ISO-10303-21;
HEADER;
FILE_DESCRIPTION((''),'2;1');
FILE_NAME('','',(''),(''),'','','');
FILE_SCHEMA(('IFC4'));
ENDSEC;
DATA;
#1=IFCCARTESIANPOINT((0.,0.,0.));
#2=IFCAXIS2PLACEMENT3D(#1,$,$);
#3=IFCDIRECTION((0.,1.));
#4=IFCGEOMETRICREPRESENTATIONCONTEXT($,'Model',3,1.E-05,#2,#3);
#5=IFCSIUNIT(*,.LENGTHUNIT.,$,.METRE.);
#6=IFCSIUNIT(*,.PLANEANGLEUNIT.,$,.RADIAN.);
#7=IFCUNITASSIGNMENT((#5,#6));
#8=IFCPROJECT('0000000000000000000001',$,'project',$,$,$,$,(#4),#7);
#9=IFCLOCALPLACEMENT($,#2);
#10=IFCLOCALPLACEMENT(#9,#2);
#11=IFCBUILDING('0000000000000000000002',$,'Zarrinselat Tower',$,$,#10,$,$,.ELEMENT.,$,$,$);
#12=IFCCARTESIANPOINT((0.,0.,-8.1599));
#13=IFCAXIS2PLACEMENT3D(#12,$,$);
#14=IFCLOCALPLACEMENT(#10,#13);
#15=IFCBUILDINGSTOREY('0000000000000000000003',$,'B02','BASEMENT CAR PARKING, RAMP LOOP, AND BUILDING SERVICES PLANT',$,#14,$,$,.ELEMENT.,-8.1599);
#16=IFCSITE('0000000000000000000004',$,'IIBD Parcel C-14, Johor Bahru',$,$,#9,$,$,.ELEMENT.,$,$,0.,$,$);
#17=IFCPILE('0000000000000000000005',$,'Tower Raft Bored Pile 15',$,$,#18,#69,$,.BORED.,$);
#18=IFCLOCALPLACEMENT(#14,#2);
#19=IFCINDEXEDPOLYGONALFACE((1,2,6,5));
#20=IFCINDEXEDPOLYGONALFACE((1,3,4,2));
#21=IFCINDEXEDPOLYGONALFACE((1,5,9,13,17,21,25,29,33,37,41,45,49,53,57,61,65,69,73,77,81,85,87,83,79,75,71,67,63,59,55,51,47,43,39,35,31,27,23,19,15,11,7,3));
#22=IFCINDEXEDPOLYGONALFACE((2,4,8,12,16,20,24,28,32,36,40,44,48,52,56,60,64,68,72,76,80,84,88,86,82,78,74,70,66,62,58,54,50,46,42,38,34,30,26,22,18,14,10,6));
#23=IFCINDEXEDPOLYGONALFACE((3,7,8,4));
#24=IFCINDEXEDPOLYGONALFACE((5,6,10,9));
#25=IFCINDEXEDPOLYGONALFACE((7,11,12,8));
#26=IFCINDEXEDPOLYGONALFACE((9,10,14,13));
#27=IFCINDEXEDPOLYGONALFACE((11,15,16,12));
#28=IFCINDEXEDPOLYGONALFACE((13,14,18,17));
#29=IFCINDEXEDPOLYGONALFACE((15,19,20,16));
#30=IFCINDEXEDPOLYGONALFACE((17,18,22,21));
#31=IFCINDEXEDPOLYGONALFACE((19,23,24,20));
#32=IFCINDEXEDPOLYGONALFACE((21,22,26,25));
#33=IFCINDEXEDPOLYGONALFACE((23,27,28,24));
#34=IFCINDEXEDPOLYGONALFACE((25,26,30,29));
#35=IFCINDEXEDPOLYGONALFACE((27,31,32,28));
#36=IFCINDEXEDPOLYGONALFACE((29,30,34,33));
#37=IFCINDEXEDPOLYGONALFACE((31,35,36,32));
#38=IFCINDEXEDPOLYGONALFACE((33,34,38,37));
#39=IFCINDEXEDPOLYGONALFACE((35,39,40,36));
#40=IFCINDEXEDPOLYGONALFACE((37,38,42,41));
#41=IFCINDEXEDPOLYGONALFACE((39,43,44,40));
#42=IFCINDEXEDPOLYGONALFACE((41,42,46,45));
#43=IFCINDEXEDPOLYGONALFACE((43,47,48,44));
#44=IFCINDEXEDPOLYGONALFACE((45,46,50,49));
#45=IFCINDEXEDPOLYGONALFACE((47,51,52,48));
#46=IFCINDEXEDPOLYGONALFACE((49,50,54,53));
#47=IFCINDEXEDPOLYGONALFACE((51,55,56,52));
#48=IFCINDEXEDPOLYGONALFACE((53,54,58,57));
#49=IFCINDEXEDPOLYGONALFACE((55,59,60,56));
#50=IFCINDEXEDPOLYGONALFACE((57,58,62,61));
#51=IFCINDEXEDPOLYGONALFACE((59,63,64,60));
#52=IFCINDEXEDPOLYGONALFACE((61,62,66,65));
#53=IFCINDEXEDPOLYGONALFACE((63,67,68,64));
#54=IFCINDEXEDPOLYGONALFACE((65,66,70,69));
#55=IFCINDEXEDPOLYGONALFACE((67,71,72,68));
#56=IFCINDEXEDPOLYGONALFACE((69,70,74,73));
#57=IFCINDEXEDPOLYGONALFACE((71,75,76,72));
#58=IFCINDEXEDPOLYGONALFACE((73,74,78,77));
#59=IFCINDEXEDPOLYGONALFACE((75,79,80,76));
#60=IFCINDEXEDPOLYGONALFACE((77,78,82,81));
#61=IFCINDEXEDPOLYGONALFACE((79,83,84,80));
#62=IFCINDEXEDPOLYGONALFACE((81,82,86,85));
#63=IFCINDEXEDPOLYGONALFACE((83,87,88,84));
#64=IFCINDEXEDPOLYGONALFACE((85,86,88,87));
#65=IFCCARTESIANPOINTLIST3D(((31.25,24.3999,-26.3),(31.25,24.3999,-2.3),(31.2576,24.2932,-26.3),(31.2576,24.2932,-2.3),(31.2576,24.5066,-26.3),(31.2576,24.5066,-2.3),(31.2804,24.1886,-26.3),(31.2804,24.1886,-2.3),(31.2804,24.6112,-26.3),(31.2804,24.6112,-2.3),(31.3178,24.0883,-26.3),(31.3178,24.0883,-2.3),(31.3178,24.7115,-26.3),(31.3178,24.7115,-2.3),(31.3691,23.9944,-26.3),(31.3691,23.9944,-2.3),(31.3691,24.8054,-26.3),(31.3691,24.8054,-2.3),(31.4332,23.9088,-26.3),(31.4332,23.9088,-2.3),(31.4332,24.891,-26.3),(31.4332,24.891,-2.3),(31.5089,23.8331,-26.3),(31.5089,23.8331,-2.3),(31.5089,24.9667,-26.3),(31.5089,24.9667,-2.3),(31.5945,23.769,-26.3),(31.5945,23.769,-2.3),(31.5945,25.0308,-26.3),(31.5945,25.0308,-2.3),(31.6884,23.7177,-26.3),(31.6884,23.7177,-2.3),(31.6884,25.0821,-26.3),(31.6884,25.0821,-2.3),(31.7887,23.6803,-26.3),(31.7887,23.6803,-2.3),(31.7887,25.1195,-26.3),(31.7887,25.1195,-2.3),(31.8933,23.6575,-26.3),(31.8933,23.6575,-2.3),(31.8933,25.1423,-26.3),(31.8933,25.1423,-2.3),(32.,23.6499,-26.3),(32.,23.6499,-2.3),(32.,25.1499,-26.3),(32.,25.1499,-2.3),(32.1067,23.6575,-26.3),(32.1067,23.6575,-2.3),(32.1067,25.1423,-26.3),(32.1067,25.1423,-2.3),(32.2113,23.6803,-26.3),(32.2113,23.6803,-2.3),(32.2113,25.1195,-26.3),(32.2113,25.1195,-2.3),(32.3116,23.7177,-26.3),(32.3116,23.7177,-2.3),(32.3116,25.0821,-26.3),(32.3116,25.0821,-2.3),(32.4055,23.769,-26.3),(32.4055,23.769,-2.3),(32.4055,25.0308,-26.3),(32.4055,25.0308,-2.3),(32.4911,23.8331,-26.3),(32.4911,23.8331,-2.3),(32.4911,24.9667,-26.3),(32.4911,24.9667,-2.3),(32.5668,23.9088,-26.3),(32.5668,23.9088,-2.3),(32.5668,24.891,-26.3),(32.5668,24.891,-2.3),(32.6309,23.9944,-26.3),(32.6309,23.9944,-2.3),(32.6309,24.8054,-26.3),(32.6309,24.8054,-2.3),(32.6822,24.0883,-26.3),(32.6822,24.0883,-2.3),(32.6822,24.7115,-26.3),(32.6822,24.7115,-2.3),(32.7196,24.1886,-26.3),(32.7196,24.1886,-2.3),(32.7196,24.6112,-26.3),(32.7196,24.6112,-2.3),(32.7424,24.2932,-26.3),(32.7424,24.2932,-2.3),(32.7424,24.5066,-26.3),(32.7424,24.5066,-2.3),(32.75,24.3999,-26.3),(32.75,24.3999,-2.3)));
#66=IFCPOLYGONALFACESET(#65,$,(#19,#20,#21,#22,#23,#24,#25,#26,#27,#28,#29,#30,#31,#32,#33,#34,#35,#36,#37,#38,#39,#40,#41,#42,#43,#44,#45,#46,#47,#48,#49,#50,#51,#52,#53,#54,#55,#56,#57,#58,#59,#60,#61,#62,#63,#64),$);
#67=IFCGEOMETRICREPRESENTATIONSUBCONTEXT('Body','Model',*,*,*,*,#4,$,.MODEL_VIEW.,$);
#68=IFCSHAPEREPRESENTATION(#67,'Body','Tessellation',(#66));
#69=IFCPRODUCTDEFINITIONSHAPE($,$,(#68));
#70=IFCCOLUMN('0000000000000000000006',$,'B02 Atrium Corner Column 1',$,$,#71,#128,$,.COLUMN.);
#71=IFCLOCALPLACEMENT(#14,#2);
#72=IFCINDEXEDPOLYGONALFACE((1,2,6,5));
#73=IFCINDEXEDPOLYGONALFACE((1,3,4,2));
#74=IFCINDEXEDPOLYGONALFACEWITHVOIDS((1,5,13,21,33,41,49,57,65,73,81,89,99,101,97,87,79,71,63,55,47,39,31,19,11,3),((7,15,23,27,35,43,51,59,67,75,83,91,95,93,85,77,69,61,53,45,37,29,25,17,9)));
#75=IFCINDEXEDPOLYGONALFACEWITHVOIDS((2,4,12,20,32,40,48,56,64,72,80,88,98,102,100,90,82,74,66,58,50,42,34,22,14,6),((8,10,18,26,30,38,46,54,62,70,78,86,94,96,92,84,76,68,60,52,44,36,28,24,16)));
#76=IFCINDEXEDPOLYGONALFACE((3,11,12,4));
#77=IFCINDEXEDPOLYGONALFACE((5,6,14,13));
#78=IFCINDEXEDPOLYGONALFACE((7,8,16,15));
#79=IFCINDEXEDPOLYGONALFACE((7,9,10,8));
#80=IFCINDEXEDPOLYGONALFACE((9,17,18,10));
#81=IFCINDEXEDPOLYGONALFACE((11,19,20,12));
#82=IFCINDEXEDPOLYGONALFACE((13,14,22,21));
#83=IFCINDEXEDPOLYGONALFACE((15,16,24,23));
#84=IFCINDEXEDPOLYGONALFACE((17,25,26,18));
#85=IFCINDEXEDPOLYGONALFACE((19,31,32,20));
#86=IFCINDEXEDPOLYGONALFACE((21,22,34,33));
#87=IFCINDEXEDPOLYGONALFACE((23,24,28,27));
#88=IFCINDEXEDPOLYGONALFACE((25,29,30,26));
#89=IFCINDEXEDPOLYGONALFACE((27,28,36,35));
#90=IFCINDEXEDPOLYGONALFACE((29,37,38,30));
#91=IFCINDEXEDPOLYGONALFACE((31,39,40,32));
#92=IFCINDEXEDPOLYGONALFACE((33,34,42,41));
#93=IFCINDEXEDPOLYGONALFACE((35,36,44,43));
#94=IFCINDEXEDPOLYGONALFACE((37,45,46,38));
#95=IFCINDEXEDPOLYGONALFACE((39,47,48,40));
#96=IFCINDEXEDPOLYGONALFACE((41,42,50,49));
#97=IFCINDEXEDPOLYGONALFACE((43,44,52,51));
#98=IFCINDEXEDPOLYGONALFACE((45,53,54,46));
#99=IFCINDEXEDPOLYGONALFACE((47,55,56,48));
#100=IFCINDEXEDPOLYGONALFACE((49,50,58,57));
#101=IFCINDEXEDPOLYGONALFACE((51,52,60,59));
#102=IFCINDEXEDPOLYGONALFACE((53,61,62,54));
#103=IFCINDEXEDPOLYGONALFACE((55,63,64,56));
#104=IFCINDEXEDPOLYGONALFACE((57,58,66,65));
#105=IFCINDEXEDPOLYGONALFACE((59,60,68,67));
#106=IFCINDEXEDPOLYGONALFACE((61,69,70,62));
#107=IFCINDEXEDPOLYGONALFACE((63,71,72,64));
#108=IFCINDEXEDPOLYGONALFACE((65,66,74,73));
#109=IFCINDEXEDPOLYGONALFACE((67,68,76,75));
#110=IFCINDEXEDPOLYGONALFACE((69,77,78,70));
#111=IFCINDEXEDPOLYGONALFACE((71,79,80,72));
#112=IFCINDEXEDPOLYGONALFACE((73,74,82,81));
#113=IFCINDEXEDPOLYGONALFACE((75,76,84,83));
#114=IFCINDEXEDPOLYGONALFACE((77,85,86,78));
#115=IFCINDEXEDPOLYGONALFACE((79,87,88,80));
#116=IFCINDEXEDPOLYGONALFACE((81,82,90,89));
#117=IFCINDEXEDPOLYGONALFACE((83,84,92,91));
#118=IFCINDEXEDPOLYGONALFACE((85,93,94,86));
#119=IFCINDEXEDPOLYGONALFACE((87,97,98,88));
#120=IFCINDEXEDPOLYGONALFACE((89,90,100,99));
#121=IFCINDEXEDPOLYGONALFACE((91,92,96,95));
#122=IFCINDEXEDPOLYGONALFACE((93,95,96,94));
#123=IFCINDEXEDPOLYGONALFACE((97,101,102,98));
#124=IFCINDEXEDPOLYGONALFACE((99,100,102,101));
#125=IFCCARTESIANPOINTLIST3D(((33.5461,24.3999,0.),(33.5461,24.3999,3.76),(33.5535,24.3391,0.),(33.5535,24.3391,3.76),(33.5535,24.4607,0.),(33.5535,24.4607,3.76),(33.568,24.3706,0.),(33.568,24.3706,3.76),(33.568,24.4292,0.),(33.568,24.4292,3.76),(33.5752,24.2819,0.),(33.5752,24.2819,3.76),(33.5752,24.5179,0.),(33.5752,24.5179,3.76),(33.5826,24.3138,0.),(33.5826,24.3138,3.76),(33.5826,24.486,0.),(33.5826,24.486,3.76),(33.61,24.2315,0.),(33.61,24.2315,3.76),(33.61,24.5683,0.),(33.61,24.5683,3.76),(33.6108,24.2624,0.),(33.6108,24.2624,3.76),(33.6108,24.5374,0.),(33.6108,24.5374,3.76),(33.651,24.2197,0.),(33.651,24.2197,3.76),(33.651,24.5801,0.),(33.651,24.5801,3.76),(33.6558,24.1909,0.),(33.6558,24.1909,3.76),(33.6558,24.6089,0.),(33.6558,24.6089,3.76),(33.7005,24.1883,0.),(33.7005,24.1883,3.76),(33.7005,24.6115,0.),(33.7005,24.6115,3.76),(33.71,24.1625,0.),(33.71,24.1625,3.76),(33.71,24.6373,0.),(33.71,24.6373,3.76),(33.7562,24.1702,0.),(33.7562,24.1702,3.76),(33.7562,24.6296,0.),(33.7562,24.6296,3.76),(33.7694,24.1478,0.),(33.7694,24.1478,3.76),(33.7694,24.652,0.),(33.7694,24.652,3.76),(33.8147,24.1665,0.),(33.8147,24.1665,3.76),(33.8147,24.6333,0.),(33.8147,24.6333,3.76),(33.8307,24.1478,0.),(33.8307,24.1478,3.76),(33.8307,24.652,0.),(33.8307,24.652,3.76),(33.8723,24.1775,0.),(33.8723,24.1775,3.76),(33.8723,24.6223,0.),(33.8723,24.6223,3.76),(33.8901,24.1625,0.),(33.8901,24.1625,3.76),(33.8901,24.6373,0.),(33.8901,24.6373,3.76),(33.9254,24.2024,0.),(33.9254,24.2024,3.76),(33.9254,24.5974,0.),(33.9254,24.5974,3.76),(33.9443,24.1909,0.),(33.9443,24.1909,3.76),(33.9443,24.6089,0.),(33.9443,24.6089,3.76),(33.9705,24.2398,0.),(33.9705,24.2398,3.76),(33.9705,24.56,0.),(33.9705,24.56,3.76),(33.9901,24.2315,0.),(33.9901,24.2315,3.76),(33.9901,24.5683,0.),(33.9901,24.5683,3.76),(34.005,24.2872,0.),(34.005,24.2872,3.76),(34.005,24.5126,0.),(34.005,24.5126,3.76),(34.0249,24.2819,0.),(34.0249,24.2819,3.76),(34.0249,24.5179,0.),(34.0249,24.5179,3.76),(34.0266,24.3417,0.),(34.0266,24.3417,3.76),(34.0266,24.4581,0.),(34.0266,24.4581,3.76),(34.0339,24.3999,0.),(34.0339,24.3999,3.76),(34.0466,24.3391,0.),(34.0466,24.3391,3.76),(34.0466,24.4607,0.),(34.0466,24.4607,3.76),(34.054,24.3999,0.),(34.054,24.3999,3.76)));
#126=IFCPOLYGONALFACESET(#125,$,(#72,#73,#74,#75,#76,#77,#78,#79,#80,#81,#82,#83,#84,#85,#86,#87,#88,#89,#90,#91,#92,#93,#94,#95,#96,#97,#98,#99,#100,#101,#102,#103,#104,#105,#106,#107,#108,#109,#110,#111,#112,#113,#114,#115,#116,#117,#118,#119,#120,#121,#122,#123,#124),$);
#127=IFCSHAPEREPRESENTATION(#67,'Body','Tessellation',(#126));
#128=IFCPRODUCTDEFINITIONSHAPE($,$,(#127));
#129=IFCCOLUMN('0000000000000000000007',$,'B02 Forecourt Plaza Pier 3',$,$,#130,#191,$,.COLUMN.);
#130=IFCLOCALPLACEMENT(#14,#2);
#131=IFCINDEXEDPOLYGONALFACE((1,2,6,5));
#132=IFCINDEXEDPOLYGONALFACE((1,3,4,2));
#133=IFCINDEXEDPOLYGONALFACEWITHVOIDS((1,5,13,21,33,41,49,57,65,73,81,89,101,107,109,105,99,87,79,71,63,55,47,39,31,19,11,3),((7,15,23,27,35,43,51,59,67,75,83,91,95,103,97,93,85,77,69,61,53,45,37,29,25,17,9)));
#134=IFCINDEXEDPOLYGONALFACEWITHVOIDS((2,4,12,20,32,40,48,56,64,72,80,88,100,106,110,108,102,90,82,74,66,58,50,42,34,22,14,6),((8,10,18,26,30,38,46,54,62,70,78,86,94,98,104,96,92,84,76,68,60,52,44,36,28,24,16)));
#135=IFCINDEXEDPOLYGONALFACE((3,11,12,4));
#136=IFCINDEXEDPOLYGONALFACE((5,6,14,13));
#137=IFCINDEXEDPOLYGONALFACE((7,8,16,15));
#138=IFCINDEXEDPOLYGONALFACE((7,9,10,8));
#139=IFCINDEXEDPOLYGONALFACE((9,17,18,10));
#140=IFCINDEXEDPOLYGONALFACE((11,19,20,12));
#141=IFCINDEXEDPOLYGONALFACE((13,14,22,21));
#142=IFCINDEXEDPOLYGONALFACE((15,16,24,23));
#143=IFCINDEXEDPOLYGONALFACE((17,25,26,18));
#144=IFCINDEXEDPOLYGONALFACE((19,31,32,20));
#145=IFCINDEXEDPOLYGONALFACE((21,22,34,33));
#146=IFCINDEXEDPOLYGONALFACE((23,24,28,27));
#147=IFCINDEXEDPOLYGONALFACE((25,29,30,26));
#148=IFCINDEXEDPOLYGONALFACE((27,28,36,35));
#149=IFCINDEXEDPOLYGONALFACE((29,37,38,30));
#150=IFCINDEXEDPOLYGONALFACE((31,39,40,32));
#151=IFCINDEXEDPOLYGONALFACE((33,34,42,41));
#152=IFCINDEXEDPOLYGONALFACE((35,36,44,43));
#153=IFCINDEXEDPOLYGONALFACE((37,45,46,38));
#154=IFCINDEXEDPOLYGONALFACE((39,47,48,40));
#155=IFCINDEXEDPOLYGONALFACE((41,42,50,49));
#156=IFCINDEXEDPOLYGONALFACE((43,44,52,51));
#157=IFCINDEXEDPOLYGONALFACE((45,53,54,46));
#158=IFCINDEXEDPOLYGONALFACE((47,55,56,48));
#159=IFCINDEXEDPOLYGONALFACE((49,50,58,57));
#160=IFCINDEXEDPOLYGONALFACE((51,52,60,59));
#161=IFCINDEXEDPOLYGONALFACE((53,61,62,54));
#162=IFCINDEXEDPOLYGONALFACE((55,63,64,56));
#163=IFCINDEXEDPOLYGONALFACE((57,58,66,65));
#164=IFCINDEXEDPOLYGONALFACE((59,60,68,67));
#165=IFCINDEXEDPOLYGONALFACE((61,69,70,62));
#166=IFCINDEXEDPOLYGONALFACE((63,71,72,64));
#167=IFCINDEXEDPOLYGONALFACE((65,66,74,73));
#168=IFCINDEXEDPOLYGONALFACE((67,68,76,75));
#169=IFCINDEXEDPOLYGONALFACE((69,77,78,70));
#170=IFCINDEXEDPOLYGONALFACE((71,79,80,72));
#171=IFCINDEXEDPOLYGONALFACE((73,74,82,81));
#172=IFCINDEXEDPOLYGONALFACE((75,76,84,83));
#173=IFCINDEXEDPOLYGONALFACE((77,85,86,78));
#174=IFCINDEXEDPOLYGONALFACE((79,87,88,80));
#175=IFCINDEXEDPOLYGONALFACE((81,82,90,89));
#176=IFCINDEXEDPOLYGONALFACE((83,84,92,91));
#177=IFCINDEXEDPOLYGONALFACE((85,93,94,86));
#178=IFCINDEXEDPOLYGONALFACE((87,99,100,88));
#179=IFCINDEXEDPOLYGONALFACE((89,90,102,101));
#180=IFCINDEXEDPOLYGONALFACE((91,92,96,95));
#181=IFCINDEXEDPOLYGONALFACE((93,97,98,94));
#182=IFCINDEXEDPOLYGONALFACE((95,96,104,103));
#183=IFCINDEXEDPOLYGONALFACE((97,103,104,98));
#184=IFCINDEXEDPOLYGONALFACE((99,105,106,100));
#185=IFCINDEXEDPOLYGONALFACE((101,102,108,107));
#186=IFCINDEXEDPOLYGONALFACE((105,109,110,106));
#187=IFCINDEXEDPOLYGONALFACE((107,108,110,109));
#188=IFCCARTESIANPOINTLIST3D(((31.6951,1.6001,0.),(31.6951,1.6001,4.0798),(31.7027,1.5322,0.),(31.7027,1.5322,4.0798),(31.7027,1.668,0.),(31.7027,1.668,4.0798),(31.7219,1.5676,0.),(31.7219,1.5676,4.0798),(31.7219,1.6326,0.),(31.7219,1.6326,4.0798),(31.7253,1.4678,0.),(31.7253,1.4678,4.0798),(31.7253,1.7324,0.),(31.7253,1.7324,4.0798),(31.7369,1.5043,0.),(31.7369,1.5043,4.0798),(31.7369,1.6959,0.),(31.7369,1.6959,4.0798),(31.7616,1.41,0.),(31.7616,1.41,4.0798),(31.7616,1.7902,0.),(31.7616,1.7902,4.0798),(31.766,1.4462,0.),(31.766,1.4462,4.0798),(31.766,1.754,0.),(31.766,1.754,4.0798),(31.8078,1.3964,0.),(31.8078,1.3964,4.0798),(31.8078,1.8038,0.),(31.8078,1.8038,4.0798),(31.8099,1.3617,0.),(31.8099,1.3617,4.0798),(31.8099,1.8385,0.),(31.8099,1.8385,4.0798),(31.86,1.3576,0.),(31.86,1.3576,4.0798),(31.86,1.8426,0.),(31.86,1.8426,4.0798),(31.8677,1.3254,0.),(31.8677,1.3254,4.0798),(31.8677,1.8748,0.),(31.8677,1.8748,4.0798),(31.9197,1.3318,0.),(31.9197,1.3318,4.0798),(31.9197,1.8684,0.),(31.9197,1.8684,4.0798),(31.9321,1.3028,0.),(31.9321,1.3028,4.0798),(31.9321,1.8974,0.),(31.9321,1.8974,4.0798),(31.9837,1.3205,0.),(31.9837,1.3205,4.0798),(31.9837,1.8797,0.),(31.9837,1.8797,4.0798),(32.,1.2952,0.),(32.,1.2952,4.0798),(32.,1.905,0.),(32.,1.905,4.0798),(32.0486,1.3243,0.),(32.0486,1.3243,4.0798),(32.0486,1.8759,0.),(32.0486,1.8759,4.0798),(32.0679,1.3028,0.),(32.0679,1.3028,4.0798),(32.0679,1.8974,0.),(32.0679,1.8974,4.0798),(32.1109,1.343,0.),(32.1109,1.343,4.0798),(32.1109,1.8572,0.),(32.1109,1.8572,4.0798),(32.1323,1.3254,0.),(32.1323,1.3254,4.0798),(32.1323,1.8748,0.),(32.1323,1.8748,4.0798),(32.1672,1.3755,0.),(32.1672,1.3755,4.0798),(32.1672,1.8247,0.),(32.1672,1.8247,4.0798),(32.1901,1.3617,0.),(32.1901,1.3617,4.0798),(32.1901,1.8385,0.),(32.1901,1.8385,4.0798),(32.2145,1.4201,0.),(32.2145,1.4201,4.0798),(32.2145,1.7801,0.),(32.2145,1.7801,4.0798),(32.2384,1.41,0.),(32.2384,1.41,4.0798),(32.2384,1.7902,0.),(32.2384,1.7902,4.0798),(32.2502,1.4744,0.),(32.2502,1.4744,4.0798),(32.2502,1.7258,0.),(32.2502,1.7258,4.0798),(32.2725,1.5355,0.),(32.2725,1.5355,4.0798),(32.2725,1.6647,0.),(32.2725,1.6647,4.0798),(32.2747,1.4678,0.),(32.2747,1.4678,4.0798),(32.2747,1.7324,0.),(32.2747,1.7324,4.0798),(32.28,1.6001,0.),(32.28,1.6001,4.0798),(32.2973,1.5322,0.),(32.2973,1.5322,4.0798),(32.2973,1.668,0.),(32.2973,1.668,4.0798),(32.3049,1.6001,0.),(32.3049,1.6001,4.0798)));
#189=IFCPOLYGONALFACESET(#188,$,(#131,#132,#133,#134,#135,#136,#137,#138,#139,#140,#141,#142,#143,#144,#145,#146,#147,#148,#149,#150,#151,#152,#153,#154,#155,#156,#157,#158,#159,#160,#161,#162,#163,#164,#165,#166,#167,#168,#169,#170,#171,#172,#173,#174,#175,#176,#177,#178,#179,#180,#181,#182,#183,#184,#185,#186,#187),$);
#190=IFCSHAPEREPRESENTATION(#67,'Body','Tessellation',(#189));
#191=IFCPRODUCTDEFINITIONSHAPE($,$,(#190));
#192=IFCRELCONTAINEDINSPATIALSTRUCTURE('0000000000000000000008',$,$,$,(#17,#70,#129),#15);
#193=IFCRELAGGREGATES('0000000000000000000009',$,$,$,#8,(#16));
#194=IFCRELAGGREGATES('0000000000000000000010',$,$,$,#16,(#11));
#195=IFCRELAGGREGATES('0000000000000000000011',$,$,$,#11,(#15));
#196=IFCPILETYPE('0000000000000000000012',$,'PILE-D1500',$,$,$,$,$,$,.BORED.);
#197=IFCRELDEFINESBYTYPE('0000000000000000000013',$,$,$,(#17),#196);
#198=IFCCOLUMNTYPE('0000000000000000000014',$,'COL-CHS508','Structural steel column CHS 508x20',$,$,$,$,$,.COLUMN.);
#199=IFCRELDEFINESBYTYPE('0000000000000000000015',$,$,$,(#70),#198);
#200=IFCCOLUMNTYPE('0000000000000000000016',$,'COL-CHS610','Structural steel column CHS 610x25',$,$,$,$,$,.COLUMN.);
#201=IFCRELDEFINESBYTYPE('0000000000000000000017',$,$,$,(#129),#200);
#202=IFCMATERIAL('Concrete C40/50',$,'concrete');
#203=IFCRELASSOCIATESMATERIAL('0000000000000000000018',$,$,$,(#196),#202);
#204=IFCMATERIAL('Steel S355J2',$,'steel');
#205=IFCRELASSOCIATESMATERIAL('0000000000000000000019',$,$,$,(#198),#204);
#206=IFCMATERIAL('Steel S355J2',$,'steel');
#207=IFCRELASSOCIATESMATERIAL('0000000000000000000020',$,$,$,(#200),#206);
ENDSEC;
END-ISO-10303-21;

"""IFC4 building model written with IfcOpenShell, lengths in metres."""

from ifc_helpers import new_model, si_unit, direction, frame, origin, origin_2d, place, context, subcontext, project, spatial, circle, hollow_circle, extrude, material, material_profile, profile_set, type_object, element, save


model = new_model("IFC4")

# Units and contexts
model_context = context("Model", 3, precision=1e-05, world=origin(), true_north=direction((0.0, 1.0)))
body_context = subcontext(model_context, "Body", "Model", "MODEL_VIEW")
ifc_project = project(units=[si_unit("LENGTHUNIT", "METRE"), si_unit("PLANEANGLEUNIT", "RADIAN")], contexts=[model_context])

# Site, building, storey
site_placement = place(None, origin())
site = spatial("IfcSite", under=ifc_project, at=site_placement, Name="IIBD Parcel C-14, Johor Bahru", CompositionType="ELEMENT", RefElevation=0.0)
building_placement = place(site_placement, origin())
building = spatial("IfcBuilding", under=site, at=building_placement, Name="Zarrinselat Tower", CompositionType="ELEMENT")
storey_placement = place(building_placement, frame((0.0, 0.0, -8.1599)))
storey = spatial("IfcBuildingStorey", under=building, at=storey_placement, Name="B02", Description="BASEMENT CAR PARKING, RAMP LOOP, AND BUILDING SERVICES PLANT", CompositionType="ELEMENT", Elevation=-8.1599)

# Pile
ifc_material_1 = material(Name="Concrete C40/50", Category="concrete")
ifc_material_profile_1 = material_profile(ifc_material_1, circle(Radius=0.75, at=origin_2d()), Name="BORED PILE D1500")
ifc_profile_set_1 = profile_set([ifc_material_profile_1], Name="Concrete C40/50")
pile_type = type_object("IfcPileType", Name="PILE-D1500", PredefinedType="BORED", material=ifc_profile_set_1)
for number, where, z_axis, x_axis, name in (
    (1, (32.0, 24.3999, -2.3), (0.0, 0.0, -1.0), (1.0, 0.0, 0.0), "Tower Raft Bored Pile 15"),
):
    element("IfcPile", number, at=place(storey_placement, frame(where, z_axis=z_axis, x_axis=x_axis)), inside=storey, type_object=pile_type, Name=name, PredefinedType="BORED", context=body_context, shape_type="SweptSolid", body=[
        extrude(circle(Radius=0.75, at=origin_2d()), origin(), (0.0, 0.0, 1.0), 24.0),
    ])

# Columns
ifc_material_2 = material(Name="Steel S355J2", Category="steel")
ifc_material_profile_2 = material_profile(ifc_material_2, hollow_circle(Radius=0.2539, WallThickness=0.02, at=origin_2d()), Name="CHS 508x20")
ifc_profile_set_2 = profile_set([ifc_material_profile_2], Name="Steel S355J2")
column_type_1 = type_object("IfcColumnType", Name="COL-CHS508", Description="Structural steel column CHS 508x20", PredefinedType="COLUMN", material=ifc_profile_set_2)
column_1_placement = place(storey_placement, frame((33.8, 24.3999, 0.0), z_axis=(0.0, 0.0, 1.0), x_axis=(1.0, 0.0, 0.0)))
element("IfcColumn", 2, at=column_1_placement, inside=storey, type_object=column_type_1, Name="B02 Atrium Corner Column 1", PredefinedType="COLUMN", context=body_context, shape_type="SweptSolid", body=[
    extrude(hollow_circle(Radius=0.2539, WallThickness=0.02, at=origin_2d()), origin(), (0.0, 0.0, 1.0), 3.76),
])
ifc_material_3 = material(Name="Steel S355J2", Category="steel")
ifc_material_profile_3 = material_profile(ifc_material_3, hollow_circle(Radius=0.3049, WallThickness=0.0249, at=origin_2d()), Name="CHS 610x25")
ifc_profile_set_3 = profile_set([ifc_material_profile_3], Name="Steel S355J2")
column_type_2 = type_object("IfcColumnType", Name="COL-CHS610", Description="Structural steel column CHS 610x25", PredefinedType="COLUMN", material=ifc_profile_set_3)
column_2_placement = place(storey_placement, frame((32.0, 1.6001, 0.0), z_axis=(0.0, 0.0, 1.0), x_axis=(1.0, 0.0, 0.0)))
element("IfcColumn", 3, at=column_2_placement, inside=storey, type_object=column_type_2, Name="B02 Forecourt Plaza Pier 3", PredefinedType="COLUMN", context=body_context, shape_type="SweptSolid", body=[
    extrude(hollow_circle(Radius=0.3049, WallThickness=0.0249, at=origin_2d()), origin(), (0.0, 0.0, 1.0), 4.0798),
])

save(model, "model.ifc")
